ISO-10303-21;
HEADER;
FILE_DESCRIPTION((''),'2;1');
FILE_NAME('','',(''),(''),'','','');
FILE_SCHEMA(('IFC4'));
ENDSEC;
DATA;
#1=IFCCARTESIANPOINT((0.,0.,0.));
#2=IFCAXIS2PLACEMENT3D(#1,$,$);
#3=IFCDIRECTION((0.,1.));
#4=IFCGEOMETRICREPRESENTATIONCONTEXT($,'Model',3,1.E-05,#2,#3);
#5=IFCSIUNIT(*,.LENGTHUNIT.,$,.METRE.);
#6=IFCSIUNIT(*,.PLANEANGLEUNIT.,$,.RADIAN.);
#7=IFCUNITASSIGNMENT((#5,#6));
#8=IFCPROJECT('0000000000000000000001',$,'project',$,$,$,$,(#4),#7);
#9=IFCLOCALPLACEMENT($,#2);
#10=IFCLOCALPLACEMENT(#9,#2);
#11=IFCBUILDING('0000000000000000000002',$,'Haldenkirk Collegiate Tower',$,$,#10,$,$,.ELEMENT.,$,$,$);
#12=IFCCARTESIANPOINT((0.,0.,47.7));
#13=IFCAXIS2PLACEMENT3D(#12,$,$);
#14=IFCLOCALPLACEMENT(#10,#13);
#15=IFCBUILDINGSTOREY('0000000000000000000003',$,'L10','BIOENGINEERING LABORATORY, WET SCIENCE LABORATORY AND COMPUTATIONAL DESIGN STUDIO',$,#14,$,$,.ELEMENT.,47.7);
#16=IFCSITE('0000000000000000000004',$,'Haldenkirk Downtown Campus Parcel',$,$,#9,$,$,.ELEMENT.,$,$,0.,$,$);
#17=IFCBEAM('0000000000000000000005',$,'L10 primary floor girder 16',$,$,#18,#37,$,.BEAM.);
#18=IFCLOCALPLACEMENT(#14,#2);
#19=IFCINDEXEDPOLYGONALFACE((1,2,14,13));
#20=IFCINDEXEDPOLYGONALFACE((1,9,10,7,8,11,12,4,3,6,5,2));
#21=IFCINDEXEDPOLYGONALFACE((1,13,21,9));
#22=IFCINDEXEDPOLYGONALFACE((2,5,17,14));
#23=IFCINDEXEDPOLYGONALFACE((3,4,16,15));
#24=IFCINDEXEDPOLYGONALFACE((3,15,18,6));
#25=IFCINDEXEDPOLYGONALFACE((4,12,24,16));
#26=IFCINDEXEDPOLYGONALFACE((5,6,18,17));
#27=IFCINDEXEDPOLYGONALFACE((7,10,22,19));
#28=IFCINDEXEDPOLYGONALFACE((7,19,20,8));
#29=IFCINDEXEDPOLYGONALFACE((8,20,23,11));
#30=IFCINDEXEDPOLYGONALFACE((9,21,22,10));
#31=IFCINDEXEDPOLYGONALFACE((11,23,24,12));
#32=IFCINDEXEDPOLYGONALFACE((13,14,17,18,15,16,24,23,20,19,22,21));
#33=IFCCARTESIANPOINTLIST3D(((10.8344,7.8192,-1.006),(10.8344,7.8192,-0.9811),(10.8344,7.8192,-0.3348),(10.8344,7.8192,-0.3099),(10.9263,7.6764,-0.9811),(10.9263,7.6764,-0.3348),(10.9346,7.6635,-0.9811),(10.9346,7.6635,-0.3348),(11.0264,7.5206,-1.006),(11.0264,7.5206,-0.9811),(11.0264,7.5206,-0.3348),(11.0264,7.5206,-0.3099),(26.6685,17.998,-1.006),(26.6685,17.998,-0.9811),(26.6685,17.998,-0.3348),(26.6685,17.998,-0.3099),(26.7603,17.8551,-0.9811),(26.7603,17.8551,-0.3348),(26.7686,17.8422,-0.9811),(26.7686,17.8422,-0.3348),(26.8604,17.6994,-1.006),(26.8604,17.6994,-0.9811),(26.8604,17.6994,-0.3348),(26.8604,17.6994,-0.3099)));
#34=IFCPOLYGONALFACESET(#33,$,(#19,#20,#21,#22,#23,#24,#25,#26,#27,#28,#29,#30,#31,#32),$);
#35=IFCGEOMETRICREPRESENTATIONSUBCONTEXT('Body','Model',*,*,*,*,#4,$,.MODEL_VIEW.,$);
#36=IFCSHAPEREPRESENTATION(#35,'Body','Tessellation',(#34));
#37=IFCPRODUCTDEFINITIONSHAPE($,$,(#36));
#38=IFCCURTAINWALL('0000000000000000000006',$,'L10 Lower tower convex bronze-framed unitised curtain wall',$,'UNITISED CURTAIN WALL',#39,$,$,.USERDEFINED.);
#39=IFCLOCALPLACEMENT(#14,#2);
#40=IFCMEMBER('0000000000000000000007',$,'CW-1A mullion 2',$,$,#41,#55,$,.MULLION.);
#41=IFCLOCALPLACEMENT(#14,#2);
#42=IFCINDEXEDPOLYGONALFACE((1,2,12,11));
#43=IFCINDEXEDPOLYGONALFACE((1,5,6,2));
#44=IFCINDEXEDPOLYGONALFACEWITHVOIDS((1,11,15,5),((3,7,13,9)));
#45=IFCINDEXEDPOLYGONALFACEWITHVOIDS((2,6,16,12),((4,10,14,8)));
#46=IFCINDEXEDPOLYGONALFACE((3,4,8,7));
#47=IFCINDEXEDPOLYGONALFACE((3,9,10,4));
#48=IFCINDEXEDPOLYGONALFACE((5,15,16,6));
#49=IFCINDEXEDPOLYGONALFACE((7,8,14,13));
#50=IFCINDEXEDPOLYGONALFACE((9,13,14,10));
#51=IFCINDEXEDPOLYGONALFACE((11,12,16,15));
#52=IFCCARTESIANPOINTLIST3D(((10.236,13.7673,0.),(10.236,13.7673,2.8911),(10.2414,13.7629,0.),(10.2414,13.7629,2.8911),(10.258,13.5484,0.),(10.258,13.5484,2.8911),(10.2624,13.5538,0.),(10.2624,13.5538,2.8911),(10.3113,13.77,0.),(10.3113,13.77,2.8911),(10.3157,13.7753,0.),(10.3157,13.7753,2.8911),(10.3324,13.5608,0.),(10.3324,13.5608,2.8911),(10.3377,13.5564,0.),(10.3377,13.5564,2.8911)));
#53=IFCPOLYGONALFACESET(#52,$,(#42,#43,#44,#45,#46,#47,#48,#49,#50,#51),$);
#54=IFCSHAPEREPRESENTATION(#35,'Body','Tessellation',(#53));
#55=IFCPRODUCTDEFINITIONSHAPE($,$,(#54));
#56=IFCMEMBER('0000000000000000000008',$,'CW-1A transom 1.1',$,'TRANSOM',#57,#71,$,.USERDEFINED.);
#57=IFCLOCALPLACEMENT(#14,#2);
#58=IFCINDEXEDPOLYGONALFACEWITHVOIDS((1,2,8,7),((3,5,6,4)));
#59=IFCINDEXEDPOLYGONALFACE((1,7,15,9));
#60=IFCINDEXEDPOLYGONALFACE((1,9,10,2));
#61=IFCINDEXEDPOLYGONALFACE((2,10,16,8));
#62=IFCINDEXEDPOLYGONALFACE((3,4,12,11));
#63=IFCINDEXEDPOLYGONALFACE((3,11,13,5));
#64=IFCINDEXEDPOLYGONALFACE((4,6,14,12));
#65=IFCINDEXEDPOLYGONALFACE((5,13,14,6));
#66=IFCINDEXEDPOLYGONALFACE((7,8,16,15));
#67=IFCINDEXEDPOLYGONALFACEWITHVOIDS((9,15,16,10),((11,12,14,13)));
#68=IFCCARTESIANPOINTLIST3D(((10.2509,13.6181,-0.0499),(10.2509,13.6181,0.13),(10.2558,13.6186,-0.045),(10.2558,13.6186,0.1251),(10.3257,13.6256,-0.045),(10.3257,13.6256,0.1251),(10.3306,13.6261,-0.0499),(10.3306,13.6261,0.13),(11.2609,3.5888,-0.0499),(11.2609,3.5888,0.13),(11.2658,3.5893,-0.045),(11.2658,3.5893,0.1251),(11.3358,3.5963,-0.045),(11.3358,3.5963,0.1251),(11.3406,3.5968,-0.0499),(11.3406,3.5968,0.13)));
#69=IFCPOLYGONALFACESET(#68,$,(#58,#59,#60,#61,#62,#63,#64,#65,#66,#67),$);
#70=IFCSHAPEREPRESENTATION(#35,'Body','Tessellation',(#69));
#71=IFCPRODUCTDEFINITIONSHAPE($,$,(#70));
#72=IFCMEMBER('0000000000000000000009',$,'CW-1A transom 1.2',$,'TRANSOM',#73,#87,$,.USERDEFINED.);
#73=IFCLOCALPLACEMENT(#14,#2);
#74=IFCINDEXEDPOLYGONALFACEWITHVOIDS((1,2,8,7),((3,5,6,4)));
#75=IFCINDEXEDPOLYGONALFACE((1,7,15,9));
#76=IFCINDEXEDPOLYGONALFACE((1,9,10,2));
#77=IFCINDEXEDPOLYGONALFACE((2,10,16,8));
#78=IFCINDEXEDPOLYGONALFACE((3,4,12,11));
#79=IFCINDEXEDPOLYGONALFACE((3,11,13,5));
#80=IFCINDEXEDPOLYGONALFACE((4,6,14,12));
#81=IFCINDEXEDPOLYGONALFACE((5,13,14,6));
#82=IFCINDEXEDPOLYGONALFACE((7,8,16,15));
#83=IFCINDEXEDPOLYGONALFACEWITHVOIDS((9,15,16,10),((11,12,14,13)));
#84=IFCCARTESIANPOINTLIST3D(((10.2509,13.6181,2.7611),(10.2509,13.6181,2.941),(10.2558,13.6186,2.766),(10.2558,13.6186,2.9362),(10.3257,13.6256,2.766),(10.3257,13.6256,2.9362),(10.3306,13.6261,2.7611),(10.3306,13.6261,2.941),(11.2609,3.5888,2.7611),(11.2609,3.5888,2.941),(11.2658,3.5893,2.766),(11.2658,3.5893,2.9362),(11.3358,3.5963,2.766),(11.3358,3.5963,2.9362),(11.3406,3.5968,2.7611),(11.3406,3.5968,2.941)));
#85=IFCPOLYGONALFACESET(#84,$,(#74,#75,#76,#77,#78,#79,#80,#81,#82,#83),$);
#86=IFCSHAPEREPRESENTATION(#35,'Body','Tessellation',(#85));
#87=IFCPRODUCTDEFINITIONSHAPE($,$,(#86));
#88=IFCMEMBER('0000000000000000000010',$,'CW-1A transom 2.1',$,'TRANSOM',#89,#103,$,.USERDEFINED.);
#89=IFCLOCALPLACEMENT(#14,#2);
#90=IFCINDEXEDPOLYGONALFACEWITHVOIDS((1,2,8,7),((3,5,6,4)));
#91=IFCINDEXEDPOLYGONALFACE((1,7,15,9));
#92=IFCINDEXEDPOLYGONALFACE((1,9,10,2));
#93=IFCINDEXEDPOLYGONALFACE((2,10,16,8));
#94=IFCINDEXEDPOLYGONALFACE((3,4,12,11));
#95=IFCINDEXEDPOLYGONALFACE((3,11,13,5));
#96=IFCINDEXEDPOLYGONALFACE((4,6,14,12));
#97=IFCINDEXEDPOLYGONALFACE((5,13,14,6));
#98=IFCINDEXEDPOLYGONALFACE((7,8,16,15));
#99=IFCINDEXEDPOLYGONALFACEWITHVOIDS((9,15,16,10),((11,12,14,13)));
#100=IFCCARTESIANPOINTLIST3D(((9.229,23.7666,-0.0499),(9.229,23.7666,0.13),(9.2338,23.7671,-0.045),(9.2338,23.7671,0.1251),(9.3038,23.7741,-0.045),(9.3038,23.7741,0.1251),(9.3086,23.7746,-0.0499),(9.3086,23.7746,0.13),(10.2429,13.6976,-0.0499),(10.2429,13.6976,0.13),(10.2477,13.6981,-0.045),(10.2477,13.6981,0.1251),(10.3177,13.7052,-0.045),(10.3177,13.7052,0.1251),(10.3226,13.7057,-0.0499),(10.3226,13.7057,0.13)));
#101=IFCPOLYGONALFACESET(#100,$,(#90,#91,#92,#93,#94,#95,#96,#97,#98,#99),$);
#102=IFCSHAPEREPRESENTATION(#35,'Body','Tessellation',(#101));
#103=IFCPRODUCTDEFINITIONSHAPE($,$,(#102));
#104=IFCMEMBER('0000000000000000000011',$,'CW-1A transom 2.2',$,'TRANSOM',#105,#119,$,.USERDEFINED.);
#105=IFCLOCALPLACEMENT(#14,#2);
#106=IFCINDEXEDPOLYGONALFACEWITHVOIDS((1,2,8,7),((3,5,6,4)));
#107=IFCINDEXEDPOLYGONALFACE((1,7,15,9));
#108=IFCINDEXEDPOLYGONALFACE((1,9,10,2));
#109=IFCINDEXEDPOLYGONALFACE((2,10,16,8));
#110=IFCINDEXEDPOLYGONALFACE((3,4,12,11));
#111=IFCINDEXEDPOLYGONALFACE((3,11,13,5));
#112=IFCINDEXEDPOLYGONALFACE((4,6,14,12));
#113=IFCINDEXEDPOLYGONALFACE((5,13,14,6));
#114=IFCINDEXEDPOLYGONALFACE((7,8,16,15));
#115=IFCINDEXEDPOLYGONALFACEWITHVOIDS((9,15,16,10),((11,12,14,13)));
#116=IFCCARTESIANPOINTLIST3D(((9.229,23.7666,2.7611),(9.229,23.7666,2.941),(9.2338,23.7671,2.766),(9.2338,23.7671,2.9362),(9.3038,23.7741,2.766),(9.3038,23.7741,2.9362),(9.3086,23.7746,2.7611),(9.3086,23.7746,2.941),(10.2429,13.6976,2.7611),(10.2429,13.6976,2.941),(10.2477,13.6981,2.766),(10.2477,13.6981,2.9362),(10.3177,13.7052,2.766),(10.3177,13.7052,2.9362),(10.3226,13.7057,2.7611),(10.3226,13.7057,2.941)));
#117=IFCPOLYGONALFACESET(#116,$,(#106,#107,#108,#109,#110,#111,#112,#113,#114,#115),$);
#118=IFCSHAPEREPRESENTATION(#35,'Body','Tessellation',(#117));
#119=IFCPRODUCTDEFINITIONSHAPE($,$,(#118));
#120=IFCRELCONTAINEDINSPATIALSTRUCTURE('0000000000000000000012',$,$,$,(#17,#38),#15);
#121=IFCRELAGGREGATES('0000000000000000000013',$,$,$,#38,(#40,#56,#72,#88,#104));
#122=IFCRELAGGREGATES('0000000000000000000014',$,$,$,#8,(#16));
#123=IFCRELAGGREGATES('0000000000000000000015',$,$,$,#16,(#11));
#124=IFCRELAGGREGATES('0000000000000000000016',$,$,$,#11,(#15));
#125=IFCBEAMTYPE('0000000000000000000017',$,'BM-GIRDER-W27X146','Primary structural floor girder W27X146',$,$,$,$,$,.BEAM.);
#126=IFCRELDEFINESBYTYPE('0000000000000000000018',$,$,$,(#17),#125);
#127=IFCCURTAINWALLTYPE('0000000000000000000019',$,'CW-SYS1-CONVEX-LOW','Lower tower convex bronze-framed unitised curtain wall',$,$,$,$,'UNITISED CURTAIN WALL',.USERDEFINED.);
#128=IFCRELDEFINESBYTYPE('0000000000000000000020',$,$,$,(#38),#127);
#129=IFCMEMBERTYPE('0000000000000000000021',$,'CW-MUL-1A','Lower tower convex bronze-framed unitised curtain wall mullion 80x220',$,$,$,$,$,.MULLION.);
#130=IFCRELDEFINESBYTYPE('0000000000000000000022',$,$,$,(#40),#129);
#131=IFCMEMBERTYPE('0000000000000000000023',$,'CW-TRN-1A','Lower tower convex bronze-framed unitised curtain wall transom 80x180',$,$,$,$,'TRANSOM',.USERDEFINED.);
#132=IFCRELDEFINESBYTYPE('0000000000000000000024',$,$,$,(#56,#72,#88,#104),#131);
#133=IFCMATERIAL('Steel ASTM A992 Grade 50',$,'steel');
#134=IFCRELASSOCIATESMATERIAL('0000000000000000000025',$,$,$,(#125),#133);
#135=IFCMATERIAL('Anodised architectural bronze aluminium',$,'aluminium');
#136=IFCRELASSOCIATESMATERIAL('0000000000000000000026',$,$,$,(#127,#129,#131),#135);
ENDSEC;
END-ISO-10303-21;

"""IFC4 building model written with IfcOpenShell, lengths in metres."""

from ifc_helpers import new_model, si_unit, direction, frame, origin, origin_2d, place, context, subcontext, project, spatial, hollow_rectangle, i_section, extrude, material, material_profile, profile_set, type_object, element, aggregate, save


model = new_model("IFC4")

# Units and contexts
model_context = context("Model", 3, precision=1e-05, world=origin(), true_north=direction((0.0, 1.0)))
body_context = subcontext(model_context, "Body", "Model", "MODEL_VIEW")
ifc_project = project(units=[si_unit("LENGTHUNIT", "METRE"), si_unit("PLANEANGLEUNIT", "RADIAN")], contexts=[model_context])

# Site, building, storey
site_placement = place(None, origin())
site = spatial("IfcSite", under=ifc_project, at=site_placement, Name="Haldenkirk Downtown Campus Parcel", CompositionType="ELEMENT", RefElevation=0.0)
building_placement = place(site_placement, origin())
building = spatial("IfcBuilding", under=site, at=building_placement, Name="Haldenkirk Collegiate Tower", CompositionType="ELEMENT")
storey_placement = place(building_placement, frame((0.0, 0.0, 47.7)))
storey = spatial("IfcBuildingStorey", under=building, at=storey_placement, Name="L10", Description="BIOENGINEERING LABORATORY, WET SCIENCE LABORATORY AND COMPUTATIONAL DESIGN STUDIO", CompositionType="ELEMENT", Elevation=47.7)

# Beam
ifc_material_1 = material(Name="Steel ASTM A992 Grade 50", Category="steel")
ifc_material_profile_1 = material_profile(ifc_material_1, i_section(OverallWidth=0.355, OverallDepth=0.696, WebThickness=0.0154, FlangeThickness=0.0249, at=origin_2d()), Name="W27X146")
ifc_profile_set_1 = profile_set([ifc_material_profile_1], Name="Steel ASTM A992 Grade 50")
beam_type = type_object("IfcBeamType", Name="BM-GIRDER-W27X146", Description="Primary structural floor girder W27X146", PredefinedType="BEAM", material=ifc_profile_set_1)
beam_placement = place(storey_placement, frame((10.9304, 7.6699, -0.658), z_axis=(0.841185, 0.540747, 0.0), x_axis=(-0.540747, 0.841185, 0.0)))
element("IfcBeam", 1, at=beam_placement, inside=storey, type_object=beam_type, Name="L10 primary floor girder 16", PredefinedType="BEAM", context=body_context, shape_type="SweptSolid", body=[
    extrude(i_section(OverallWidth=0.355, OverallDepth=0.696, WebThickness=0.0154, FlangeThickness=0.0249, at=origin_2d()), origin(), (0.0, 0.0, 1.0), 18.8235),
])

# Curtain wall, members
ifc_material_2 = material(Name="Anodised architectural bronze aluminium", Category="aluminium")
curtain_wall_type = type_object("IfcCurtainWallType", Name="CW-SYS1-CONVEX-LOW", Description="Lower tower convex bronze-framed unitised curtain wall", ElementType="UNITISED CURTAIN WALL", PredefinedType="USERDEFINED", material=ifc_material_2)
curtain_wall_placement = place(storey_placement, origin())
curtain_wall = element("IfcCurtainWall", 2, at=curtain_wall_placement, inside=storey, type_object=curtain_wall_type, Name="L10 Lower tower convex bronze-framed unitised curtain wall", ObjectType="UNITISED CURTAIN WALL", PredefinedType="USERDEFINED")
ifc_material_profile_2 = material_profile(ifc_material_2, hollow_rectangle(XDim=0.0801, YDim=0.22, WallThickness=0.0049, at=origin_2d()), Name="CW-MUL-1A")
ifc_profile_set_2 = profile_set([ifc_material_profile_2], Name="Anodised architectural bronze aluminium")
member_type_1 = type_object("IfcMemberType", Name="CW-MUL-1A", Description="Lower tower convex bronze-framed unitised curtain wall mullion 80x220", PredefinedType="MULLION", material=ifc_profile_set_2)
member_1_placement = place(storey_placement, frame((10.2869, 13.6619, 0.0), z_axis=(0.0, 0.0, 1.0), x_axis=(-0.994969, -0.100187, 0.0)))
member_1 = element("IfcMember", 3, at=member_1_placement, type_object=member_type_1, Name="CW-1A mullion 2", PredefinedType="MULLION", context=body_context, shape_type="SweptSolid", body=[
    extrude(hollow_rectangle(XDim=0.0801, YDim=0.22, WallThickness=0.0049, at=origin_2d()), origin(), (0.0, 0.0, 1.0), 2.8911),
])
ifc_material_profile_3 = material_profile(ifc_material_2, hollow_rectangle(XDim=0.0801, YDim=0.1799, WallThickness=0.0049, at=origin_2d()), Name="CW-TRN-1A")
ifc_profile_set_3 = profile_set([ifc_material_profile_3], Name="Anodised architectural bronze aluminium")
member_type_2 = type_object("IfcMemberType", Name="CW-TRN-1A", Description="Lower tower convex bronze-framed unitised curtain wall transom 80x180", ElementType="TRANSOM", PredefinedType="USERDEFINED", material=ifc_profile_set_3)
member_2_placement = place(storey_placement, frame((11.3008, 3.5928, 0.04), z_axis=(-0.100199, 0.994967, 0.0), x_axis=(-0.994967, -0.100199, 0.0)))
member_2 = element("IfcMember", 4, at=member_2_placement, type_object=member_type_2, Name="CW-1A transom 1.1", ObjectType="TRANSOM", PredefinedType="USERDEFINED", context=body_context, shape_type="SweptSolid", body=[
    extrude(hollow_rectangle(XDim=0.0801, YDim=0.1799, WallThickness=0.0049, at=origin_2d()), origin(), (0.0, 0.0, 1.0), 10.0801),
])
member_3_placement = place(storey_placement, frame((11.3008, 3.5928, 2.8511), z_axis=(-0.100199, 0.994967, 0.0), x_axis=(-0.994967, -0.100199, 0.0)))
member_3 = element("IfcMember", 5, at=member_3_placement, type_object=member_type_2, Name="CW-1A transom 1.2", ObjectType="TRANSOM", PredefinedType="USERDEFINED", context=body_context, shape_type="SweptSolid", body=[
    extrude(hollow_rectangle(XDim=0.0801, YDim=0.1799, WallThickness=0.0049, at=origin_2d()), origin(), (0.0, 0.0, 1.0), 10.0801),
])
member_4_placement = place(storey_placement, frame((10.2827, 13.7017, 0.04), z_axis=(-0.100192, 0.994968, 0.0), x_axis=(-0.994968, -0.100192, 0.0)))
member_4 = element("IfcMember", 6, at=member_4_placement, type_object=member_type_2, Name="CW-1A transom 2.1", ObjectType="TRANSOM", PredefinedType="USERDEFINED", context=body_context, shape_type="SweptSolid", body=[
    extrude(hollow_rectangle(XDim=0.0801, YDim=0.1799, WallThickness=0.0049, at=origin_2d()), origin(), (0.0, 0.0, 1.0), 10.1199),
])
member_5_placement = place(storey_placement, frame((10.2827, 13.7017, 2.8511), z_axis=(-0.100192, 0.994968, 0.0), x_axis=(-0.994968, -0.100192, 0.0)))
member_5 = element("IfcMember", 7, at=member_5_placement, type_object=member_type_2, Name="CW-1A transom 2.2", ObjectType="TRANSOM", PredefinedType="USERDEFINED", context=body_context, shape_type="SweptSolid", body=[
    extrude(hollow_rectangle(XDim=0.0801, YDim=0.1799, WallThickness=0.0049, at=origin_2d()), origin(), (0.0, 0.0, 1.0), 10.1199),
])

aggregate(curtain_wall, [member_1, member_2, member_3, member_4, member_5])

save(model, "model.ifc")
